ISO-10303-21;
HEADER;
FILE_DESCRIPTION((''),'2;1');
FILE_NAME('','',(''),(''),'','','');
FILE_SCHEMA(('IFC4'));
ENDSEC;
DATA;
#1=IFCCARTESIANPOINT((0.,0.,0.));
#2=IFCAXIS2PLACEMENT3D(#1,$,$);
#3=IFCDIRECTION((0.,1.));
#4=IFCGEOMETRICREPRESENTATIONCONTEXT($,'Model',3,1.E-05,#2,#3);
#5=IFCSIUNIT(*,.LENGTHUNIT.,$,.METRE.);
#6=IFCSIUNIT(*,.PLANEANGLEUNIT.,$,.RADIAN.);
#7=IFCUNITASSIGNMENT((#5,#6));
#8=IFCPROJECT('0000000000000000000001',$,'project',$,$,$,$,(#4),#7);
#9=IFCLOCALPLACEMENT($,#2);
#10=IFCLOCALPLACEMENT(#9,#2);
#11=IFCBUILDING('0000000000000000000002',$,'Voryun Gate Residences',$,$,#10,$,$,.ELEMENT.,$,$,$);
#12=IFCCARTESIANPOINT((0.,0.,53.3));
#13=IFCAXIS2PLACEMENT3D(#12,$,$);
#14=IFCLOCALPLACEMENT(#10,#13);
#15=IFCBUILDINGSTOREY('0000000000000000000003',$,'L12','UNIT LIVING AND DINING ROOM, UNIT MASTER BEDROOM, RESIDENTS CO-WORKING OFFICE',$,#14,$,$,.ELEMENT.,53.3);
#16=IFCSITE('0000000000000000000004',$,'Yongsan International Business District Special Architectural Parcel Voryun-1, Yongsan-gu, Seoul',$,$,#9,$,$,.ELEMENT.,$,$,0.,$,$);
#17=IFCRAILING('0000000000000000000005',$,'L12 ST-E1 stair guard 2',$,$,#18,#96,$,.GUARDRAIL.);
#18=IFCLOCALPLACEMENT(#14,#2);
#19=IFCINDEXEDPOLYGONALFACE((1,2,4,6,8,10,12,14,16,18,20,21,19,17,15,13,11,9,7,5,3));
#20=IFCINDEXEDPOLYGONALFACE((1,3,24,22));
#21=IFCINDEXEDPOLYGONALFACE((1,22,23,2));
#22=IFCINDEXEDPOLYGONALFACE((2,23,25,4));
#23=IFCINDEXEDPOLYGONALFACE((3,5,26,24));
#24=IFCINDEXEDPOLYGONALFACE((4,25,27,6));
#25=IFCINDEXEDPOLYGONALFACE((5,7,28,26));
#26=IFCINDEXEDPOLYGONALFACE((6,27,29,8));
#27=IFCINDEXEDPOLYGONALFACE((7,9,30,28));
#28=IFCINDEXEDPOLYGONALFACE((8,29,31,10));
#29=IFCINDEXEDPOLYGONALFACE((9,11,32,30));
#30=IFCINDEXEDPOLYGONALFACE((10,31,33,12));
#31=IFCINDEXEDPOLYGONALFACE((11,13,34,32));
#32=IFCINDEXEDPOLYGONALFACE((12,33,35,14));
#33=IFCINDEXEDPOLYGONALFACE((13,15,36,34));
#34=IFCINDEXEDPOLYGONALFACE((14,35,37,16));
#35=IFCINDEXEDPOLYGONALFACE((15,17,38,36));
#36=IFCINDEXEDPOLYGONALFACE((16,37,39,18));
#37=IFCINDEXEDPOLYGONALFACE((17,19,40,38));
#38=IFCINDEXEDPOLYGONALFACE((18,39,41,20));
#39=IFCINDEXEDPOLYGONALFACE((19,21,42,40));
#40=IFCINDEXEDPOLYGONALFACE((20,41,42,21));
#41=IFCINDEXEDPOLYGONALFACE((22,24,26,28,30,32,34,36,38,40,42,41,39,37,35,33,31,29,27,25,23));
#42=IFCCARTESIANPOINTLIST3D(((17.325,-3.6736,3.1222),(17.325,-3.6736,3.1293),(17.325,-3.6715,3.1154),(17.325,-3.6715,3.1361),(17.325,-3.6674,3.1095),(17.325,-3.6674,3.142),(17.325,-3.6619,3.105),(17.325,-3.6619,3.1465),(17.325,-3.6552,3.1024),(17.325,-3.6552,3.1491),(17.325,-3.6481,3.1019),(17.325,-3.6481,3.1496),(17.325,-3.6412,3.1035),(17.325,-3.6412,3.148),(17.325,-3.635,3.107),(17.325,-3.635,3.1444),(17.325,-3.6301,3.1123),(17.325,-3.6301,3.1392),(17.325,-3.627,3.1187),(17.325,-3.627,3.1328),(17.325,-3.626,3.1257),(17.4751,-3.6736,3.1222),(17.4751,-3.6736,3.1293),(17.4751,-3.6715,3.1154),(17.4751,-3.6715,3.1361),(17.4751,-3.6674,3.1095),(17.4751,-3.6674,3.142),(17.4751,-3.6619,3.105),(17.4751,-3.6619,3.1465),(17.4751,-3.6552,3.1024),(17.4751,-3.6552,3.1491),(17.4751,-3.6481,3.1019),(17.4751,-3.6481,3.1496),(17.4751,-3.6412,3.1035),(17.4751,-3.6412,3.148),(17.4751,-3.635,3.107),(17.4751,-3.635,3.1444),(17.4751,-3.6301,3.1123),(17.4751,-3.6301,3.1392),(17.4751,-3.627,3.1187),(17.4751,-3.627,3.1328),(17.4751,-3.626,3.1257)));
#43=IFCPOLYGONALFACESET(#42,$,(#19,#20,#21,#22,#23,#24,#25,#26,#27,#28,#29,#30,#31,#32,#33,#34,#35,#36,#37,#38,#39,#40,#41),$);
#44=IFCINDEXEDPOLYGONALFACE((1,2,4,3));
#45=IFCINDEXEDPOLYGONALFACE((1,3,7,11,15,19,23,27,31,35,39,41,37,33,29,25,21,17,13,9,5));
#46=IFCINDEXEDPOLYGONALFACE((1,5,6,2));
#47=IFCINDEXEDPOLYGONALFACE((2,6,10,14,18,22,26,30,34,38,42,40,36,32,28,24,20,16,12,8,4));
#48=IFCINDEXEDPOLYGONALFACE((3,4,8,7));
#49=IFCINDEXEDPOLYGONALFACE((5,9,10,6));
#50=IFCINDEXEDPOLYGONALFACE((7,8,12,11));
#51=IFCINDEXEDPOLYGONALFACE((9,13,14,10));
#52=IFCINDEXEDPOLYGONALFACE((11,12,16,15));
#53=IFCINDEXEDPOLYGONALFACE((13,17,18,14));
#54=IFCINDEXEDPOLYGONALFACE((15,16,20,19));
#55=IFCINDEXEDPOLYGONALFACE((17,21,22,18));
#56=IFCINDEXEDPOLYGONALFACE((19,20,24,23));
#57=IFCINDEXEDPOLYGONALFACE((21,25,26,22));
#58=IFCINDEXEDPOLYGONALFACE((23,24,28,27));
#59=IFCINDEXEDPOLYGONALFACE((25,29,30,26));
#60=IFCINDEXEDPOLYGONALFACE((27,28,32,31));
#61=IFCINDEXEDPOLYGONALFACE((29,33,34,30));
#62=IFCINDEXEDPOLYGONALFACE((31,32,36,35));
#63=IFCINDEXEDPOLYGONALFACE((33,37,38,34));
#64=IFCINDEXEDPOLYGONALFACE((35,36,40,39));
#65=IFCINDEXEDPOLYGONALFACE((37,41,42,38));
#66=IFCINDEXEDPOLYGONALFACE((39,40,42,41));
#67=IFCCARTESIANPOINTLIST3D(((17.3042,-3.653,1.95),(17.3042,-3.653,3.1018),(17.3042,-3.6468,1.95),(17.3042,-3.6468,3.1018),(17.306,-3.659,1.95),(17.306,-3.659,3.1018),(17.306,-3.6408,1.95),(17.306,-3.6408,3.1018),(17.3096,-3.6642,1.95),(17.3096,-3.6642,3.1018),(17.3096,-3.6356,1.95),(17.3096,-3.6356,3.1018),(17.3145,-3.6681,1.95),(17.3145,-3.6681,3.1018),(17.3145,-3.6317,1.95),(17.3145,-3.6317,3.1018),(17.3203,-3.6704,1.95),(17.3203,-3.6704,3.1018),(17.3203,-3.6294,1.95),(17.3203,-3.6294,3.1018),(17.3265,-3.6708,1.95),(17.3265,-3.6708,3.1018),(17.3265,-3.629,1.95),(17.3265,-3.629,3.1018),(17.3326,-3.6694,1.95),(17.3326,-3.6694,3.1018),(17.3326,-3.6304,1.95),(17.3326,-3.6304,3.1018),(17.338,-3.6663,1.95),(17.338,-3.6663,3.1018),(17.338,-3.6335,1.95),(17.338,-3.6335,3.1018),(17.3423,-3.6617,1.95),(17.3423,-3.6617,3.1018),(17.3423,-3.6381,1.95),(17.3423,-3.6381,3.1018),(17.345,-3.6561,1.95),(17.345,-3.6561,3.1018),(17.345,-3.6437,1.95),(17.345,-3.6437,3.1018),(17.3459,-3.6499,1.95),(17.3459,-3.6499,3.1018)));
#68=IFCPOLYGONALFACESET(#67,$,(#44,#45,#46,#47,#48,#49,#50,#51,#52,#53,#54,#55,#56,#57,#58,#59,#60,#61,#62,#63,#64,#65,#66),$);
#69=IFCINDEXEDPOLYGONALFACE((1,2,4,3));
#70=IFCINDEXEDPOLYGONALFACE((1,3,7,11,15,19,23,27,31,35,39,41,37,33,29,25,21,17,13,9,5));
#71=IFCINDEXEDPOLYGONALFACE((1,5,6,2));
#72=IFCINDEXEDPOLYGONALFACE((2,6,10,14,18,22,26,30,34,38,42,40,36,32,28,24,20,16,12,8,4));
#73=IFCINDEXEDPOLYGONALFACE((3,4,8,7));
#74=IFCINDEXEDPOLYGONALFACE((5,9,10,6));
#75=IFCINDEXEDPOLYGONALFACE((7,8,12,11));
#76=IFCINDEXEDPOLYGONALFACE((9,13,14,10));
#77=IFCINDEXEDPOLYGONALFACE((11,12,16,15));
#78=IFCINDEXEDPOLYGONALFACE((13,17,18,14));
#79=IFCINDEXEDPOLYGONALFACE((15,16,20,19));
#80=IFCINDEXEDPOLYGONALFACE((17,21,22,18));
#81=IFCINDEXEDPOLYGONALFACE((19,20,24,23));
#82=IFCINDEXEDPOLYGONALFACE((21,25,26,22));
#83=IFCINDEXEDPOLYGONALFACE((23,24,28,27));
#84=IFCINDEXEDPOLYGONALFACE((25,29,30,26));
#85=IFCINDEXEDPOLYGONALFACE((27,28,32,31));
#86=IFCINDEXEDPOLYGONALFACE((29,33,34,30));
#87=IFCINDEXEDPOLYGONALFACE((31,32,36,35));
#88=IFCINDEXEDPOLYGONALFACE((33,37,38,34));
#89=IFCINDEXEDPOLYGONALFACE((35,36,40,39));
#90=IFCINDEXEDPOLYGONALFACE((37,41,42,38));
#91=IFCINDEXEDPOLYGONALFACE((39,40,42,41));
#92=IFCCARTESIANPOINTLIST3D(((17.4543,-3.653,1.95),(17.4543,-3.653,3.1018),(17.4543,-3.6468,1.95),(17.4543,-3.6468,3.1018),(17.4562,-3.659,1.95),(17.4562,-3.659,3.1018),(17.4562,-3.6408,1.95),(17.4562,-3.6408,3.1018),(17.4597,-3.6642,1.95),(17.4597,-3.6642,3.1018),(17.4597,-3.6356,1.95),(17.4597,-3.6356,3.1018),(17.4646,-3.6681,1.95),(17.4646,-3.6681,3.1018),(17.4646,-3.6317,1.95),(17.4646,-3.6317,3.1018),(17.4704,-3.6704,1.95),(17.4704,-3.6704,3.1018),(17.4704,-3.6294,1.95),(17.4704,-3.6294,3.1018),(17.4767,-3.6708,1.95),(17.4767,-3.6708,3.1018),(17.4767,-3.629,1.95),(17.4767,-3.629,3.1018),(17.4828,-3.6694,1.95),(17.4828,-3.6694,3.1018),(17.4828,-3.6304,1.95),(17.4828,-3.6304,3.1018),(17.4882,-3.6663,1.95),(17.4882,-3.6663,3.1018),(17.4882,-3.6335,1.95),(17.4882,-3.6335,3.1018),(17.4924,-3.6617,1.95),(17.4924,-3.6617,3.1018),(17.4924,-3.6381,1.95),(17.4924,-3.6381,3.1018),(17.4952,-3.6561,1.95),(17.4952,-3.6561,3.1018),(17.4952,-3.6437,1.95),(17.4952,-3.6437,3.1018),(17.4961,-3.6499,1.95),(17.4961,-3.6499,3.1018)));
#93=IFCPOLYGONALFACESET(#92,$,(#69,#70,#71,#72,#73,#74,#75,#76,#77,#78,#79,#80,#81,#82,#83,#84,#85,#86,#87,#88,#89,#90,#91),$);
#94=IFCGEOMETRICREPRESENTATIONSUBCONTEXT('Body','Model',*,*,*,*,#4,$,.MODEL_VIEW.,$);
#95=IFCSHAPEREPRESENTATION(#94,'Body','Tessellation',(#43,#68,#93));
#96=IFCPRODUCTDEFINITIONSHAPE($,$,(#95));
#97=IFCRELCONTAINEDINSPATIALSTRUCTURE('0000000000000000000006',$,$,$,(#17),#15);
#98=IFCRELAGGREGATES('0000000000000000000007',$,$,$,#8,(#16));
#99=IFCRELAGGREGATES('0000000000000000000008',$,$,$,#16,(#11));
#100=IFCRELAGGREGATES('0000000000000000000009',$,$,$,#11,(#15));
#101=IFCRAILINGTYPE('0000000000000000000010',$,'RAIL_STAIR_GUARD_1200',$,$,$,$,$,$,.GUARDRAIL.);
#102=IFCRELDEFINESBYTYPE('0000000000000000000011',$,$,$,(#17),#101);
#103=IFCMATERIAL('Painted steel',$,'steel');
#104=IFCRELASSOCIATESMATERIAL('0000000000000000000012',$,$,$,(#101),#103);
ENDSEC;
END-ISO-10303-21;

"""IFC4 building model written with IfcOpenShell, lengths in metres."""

from ifc_helpers import new_model, si_unit, direction, frame, origin, origin_2d, place, context, subcontext, project, spatial, circle, extrude, material, type_object, element, save


model = new_model("IFC4")

# Units and contexts
model_context = context("Model", 3, precision=1e-05, world=origin(), true_north=direction((0.0, 1.0)))
body_context = subcontext(model_context, "Body", "Model", "MODEL_VIEW")
ifc_project = project(units=[si_unit("LENGTHUNIT", "METRE"), si_unit("PLANEANGLEUNIT", "RADIAN")], contexts=[model_context])

# Site, building, storey
site_placement = place(None, origin())
site = spatial("IfcSite", under=ifc_project, at=site_placement, Name="Yongsan International Business District Special Architectural Parcel Voryun-1, Yongsan-gu, Seoul", CompositionType="ELEMENT", RefElevation=0.0)
building_placement = place(site_placement, origin())
building = spatial("IfcBuilding", under=site, at=building_placement, Name="Voryun Gate Residences", CompositionType="ELEMENT")
storey_placement = place(building_placement, frame((0.0, 0.0, 53.3)))
storey = spatial("IfcBuildingStorey", under=building, at=storey_placement, Name="L12", Description="UNIT LIVING AND DINING ROOM, UNIT MASTER BEDROOM, RESIDENTS CO-WORKING OFFICE", CompositionType="ELEMENT", Elevation=53.3)

# Railing
ifc_material_1 = material(Name="Painted steel", Category="steel")
railing_type_1 = type_object("IfcRailingType", Name="RAIL_STAIR_GUARD_1200", PredefinedType="GUARDRAIL", material=ifc_material_1)
railing_1_placement = place(storey_placement, frame((17.325, -3.6499, 1.95)))
element("IfcRailing", 1, at=railing_1_placement, inside=storey, type_object=railing_type_1, Name="L12 ST-E1 stair guard 2", PredefinedType="GUARDRAIL", context=body_context, shape_type="SweptSolid", body=[
    extrude(circle(Radius=0.0239, at=origin_2d()), frame((0.0, 0.0, 1.1758), z_axis=(1.0, 0.0, 0.0), x_axis=(0.0, 1.0, 0.0)), (0.0, 0.0, 1.0), 0.1501),
    extrude(circle(Radius=0.021, at=origin_2d()), origin(), (0.0, 0.0, 1.0), 1.1519),
    extrude(circle(Radius=0.021, at=origin_2d()), frame((0.1501, 0.0, 0.0)), (0.0, 0.0, 1.0), 1.1519),
])

save(model, "model.ifc")
